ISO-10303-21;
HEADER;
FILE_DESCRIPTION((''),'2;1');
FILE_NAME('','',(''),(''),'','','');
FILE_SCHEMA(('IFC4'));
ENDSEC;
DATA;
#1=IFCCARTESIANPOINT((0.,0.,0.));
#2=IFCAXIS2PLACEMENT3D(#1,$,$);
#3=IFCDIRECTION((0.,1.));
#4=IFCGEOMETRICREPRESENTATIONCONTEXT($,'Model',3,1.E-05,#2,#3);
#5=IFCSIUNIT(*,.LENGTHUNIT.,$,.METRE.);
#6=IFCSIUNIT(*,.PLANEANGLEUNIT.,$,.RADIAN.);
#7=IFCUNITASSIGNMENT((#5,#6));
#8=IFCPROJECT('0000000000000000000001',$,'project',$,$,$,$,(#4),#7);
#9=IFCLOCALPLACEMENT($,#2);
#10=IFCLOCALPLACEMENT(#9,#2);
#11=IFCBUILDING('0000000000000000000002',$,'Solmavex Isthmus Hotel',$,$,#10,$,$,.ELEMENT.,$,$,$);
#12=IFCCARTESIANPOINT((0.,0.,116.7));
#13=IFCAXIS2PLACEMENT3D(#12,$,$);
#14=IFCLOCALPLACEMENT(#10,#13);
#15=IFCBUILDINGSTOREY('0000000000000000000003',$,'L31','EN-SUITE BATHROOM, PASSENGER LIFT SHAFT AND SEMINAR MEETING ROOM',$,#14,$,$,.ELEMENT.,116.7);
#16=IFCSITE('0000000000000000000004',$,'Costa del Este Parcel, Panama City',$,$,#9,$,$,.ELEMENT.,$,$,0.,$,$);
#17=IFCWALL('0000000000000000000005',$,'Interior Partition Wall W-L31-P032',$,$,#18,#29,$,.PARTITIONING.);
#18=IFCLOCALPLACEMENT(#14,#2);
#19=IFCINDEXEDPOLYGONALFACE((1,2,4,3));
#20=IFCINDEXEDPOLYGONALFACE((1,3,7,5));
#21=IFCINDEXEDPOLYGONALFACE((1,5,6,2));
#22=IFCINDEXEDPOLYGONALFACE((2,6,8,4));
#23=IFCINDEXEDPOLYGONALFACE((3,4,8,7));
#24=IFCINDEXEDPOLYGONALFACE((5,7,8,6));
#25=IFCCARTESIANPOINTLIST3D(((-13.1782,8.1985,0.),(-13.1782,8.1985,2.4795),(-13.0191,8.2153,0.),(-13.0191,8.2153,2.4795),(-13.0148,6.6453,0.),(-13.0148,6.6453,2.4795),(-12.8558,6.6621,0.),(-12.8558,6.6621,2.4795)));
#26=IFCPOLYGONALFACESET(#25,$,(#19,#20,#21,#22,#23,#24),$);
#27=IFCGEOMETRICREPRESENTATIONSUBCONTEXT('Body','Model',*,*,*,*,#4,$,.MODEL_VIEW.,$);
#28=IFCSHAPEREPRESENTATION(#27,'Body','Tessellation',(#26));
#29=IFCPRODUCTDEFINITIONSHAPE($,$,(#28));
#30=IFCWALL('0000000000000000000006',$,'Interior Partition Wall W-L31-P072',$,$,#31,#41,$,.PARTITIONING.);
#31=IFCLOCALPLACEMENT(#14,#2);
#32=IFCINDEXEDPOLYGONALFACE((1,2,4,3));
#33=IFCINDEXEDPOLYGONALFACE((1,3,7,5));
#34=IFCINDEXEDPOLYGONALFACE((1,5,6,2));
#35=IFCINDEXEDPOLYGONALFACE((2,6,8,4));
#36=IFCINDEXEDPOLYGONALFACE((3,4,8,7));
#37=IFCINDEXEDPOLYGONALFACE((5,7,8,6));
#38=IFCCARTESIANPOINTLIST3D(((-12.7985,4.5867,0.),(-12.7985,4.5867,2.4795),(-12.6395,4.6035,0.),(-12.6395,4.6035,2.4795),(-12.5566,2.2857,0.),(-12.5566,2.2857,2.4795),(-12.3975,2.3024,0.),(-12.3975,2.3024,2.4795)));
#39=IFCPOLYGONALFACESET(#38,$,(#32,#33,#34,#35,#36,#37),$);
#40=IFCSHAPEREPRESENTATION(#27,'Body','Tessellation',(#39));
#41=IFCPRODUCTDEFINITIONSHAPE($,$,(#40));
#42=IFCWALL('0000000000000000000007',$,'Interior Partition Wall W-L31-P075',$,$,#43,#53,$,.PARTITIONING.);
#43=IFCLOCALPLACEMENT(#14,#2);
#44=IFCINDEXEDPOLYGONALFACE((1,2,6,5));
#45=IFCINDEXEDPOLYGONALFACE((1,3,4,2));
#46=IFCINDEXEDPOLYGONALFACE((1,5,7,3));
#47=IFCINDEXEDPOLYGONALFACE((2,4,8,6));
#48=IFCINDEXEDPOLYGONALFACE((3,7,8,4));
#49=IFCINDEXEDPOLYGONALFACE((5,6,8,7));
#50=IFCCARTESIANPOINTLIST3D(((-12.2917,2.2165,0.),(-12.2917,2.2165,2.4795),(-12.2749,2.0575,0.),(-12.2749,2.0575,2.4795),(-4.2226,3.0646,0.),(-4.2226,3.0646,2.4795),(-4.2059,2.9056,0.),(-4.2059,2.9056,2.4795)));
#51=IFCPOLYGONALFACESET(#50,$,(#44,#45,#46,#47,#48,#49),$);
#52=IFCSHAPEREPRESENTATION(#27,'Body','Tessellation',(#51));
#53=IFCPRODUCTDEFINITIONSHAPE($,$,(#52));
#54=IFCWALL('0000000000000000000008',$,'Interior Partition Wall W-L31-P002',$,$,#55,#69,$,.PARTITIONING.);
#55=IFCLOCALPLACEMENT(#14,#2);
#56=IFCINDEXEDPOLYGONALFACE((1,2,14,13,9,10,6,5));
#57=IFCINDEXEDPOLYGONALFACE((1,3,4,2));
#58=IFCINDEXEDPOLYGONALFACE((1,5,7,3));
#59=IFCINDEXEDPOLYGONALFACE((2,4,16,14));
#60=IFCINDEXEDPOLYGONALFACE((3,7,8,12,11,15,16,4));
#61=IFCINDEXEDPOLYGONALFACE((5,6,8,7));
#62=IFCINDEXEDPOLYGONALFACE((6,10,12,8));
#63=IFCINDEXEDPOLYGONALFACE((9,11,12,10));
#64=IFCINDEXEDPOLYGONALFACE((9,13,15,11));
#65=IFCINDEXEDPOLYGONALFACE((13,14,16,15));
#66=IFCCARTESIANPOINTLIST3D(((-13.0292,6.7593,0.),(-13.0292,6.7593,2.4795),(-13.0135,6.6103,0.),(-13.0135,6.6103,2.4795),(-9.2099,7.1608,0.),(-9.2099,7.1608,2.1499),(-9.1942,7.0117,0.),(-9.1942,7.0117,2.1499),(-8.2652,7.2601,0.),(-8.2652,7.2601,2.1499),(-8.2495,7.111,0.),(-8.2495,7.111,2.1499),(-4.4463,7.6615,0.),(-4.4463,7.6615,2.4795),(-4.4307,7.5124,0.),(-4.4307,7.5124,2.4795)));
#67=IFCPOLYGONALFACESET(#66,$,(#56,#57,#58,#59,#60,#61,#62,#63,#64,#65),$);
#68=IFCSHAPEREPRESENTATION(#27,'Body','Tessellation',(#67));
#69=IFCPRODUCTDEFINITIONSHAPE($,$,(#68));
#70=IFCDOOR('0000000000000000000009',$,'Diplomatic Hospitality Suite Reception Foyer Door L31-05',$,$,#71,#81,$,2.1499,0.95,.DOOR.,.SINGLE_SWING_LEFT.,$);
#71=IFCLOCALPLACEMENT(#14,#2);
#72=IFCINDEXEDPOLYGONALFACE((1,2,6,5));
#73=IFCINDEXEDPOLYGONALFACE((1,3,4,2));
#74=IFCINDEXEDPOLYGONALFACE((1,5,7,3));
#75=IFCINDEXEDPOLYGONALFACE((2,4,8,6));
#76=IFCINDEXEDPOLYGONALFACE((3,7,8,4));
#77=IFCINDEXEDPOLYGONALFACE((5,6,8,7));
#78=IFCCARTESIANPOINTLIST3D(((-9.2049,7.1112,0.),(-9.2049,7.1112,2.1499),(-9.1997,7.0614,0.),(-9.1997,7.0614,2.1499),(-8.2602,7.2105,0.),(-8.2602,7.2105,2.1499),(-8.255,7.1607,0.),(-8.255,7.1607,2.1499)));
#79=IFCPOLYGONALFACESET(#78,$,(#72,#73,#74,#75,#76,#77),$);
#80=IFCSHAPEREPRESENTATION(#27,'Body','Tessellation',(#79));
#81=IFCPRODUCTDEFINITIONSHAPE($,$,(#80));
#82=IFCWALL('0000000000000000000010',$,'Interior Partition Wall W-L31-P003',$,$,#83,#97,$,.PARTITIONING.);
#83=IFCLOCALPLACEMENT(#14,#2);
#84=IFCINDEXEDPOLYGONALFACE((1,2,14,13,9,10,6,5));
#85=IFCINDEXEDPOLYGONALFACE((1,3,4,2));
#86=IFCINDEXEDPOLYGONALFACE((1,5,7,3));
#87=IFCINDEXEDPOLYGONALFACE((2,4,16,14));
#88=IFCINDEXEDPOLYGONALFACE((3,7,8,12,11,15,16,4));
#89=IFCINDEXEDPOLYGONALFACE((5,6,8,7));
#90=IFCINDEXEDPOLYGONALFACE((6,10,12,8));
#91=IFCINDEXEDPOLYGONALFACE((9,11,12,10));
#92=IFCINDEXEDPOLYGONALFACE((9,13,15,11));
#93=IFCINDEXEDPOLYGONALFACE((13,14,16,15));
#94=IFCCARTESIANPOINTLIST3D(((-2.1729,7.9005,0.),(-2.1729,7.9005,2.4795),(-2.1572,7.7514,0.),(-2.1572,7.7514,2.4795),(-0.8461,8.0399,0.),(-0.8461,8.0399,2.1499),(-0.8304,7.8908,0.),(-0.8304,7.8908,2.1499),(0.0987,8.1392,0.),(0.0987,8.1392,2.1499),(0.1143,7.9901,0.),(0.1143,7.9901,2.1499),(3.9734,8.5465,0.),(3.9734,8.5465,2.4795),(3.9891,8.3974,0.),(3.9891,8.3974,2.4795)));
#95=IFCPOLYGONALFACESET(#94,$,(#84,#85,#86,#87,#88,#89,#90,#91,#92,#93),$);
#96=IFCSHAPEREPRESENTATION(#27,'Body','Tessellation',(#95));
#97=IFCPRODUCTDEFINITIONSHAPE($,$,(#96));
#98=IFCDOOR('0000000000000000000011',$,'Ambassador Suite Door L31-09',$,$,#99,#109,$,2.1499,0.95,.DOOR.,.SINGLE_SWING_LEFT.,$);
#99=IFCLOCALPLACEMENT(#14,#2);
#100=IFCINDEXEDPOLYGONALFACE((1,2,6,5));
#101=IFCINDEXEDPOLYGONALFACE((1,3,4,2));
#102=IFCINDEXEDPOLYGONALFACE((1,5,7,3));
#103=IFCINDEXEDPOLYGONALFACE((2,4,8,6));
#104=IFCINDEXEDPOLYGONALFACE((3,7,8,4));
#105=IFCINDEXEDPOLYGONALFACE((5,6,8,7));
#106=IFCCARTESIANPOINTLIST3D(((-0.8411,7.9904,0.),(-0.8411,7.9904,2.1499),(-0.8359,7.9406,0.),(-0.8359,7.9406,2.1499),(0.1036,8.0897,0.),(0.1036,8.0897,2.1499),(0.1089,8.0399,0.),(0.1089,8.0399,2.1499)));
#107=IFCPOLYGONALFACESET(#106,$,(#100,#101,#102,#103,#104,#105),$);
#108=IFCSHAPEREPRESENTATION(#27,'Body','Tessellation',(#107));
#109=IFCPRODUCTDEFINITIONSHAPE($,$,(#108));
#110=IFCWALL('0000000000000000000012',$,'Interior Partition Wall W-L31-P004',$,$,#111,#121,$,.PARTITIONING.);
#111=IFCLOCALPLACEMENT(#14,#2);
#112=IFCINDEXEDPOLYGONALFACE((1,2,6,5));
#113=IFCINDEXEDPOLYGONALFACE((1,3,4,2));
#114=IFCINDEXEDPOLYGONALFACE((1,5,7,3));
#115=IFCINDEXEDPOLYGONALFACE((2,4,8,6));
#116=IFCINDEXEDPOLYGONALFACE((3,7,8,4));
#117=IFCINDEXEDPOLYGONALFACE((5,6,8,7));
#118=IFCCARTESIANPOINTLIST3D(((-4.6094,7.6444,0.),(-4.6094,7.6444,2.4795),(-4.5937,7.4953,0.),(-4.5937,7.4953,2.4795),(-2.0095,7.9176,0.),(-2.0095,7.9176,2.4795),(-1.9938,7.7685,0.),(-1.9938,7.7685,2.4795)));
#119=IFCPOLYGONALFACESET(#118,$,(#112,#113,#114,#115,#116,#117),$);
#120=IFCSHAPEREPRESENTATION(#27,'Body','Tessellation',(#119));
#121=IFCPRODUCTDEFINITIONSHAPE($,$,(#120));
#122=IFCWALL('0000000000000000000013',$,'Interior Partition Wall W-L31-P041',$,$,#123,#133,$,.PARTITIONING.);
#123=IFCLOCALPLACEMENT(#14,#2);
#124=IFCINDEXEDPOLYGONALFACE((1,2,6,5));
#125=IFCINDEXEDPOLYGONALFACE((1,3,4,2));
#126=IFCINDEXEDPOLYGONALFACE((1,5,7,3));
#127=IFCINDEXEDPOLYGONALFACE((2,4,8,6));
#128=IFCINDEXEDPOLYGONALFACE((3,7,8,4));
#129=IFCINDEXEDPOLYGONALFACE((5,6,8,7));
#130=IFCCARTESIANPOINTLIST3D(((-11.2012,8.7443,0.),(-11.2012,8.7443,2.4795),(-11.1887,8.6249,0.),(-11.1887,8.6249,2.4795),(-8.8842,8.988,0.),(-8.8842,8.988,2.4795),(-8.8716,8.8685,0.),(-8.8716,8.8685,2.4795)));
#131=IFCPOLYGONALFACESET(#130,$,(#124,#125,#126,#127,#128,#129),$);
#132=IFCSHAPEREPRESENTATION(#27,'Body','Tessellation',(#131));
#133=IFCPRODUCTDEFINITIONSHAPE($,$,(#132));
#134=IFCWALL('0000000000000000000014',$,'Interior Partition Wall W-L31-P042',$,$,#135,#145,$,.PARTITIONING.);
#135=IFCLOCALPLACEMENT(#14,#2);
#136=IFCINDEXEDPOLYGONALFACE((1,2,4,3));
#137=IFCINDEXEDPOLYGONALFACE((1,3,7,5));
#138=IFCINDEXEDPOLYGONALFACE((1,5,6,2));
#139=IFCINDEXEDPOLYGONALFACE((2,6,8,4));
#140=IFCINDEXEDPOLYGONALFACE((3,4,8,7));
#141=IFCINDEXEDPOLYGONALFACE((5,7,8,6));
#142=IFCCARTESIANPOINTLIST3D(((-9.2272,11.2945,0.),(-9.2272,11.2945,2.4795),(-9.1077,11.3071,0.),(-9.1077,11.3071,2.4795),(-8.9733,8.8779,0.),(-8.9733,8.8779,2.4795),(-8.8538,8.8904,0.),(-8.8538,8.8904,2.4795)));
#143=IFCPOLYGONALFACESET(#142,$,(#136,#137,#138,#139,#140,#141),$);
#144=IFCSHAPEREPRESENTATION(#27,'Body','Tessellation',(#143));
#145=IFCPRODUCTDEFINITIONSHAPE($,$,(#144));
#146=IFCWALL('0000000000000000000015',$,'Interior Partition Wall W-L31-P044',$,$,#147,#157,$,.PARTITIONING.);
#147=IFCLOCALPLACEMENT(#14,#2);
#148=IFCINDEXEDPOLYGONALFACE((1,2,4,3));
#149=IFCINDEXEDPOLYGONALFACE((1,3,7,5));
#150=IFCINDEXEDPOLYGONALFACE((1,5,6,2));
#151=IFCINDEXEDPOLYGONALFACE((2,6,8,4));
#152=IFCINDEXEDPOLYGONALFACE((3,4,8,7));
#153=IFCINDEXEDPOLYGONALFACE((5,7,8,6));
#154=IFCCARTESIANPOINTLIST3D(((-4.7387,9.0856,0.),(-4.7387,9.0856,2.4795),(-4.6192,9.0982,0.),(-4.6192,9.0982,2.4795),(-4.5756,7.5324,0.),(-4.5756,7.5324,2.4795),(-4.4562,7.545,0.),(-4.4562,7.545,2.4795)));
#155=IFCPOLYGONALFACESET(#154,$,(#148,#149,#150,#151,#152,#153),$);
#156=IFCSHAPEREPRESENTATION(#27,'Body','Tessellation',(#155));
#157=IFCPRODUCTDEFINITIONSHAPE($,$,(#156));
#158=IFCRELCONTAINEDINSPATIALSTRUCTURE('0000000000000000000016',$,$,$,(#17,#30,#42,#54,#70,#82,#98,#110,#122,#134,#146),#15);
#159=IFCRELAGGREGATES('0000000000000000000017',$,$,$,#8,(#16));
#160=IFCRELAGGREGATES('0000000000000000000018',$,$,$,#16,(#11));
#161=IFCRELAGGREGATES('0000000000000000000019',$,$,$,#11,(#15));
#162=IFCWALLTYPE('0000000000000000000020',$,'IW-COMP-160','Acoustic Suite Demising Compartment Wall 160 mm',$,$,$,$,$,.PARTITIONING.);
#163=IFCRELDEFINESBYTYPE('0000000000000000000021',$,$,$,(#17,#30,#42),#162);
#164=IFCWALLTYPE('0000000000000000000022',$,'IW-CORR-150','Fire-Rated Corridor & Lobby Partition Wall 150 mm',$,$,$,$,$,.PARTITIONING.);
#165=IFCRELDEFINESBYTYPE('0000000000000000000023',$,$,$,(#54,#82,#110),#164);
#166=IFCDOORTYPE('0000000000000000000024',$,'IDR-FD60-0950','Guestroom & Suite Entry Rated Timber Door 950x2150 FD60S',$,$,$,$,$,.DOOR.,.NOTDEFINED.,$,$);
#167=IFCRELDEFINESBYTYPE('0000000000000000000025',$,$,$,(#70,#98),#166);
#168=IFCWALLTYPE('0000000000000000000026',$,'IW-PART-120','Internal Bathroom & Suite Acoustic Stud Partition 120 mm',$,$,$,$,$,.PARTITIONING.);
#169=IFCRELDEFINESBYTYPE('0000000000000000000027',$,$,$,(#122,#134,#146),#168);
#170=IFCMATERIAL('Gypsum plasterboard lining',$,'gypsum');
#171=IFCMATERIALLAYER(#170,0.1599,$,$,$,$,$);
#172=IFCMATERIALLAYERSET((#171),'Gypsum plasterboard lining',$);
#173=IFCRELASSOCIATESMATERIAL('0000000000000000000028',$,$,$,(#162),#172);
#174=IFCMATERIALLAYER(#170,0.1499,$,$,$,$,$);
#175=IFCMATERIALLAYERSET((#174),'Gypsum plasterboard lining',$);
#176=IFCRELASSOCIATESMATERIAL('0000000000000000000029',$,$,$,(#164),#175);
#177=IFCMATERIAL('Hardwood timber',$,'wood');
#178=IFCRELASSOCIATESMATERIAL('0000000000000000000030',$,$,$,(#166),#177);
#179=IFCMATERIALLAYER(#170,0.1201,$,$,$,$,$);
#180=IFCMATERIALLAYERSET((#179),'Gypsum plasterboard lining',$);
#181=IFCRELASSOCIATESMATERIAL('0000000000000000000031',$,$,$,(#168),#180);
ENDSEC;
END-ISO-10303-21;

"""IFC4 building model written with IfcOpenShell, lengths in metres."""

from ifc_helpers import new_model, si_unit, direction, frame, frame_2d, origin, place, context, subcontext, project, spatial, rectangle, extrude, material, layer, layer_set, type_object, element, fill, save


model = new_model("IFC4")

# Units and contexts
model_context = context("Model", 3, precision=1e-05, world=origin(), true_north=direction((0.0, 1.0)))
body_context = subcontext(model_context, "Body", "Model", "MODEL_VIEW")
ifc_project = project(units=[si_unit("LENGTHUNIT", "METRE"), si_unit("PLANEANGLEUNIT", "RADIAN")], contexts=[model_context])

# Site, building, storey
site_placement = place(None, origin())
site = spatial("IfcSite", under=ifc_project, at=site_placement, Name="Costa del Este Parcel, Panama City", CompositionType="ELEMENT", RefElevation=0.0)
building_placement = place(site_placement, origin())
building = spatial("IfcBuilding", under=site, at=building_placement, Name="Solmavex Isthmus Hotel", CompositionType="ELEMENT")
storey_placement = place(building_placement, frame((0.0, 0.0, 116.7)))
storey = spatial("IfcBuildingStorey", under=building, at=storey_placement, Name="L31", Description="EN-SUITE BATHROOM, PASSENGER LIFT SHAFT AND SEMINAR MEETING ROOM", CompositionType="ELEMENT", Elevation=116.7)

# Walls
ifc_material_1 = material(Name="Gypsum plasterboard lining", Category="gypsum")
ifc_layer_1 = layer(ifc_material_1, 0.1599)
ifc_layer_set_1 = layer_set([ifc_layer_1], Name="Gypsum plasterboard lining")
wall_type_1 = type_object("IfcWallType", Name="IW-COMP-160", Description="Acoustic Suite Demising Compartment Wall 160 mm", PredefinedType="PARTITIONING", material=ifc_layer_set_1)
wall_1_placement = place(storey_placement, frame((-13.0986, 8.2068, 0.0), z_axis=(0.0, 0.0, 1.0), x_axis=(0.104579, -0.994517, 0.0)))
element("IfcWall", 1, at=wall_1_placement, inside=storey, type_object=wall_type_1, Name="Interior Partition Wall W-L31-P032", PredefinedType="PARTITIONING", context=body_context, shape_type="SweptSolid", body=[
    extrude(rectangle(XDim=1.5618, YDim=0.1599, at=frame_2d((0.7808, 0.0))), origin(), (0.0, 0.0, 1.0), 2.4795),
])
wall_2_placement = place(storey_placement, frame((-12.719, 4.595, 0.0), z_axis=(0.0, 0.0, 1.0), x_axis=(0.104569, -0.994518, 0.0)))
element("IfcWall", 2, at=wall_2_placement, inside=storey, type_object=wall_type_1, Name="Interior Partition Wall W-L31-P072", PredefinedType="PARTITIONING", context=body_context, shape_type="SweptSolid", body=[
    extrude(rectangle(XDim=2.3137, YDim=0.1599, at=frame_2d((1.1567, 0.0))), origin(), (0.0, 0.0, 1.0), 2.4795),
])
wall_3_placement = place(storey_placement, frame((-4.2144, 2.9851, 0.0), z_axis=(0.0, 0.0, 1.0), x_axis=(-0.994521, -0.104534, 0.0)))
element("IfcWall", 3, at=wall_3_placement, inside=storey, type_object=wall_type_1, Name="Interior Partition Wall W-L31-P075", PredefinedType="PARTITIONING", context=body_context, shape_type="SweptSolid", body=[
    extrude(rectangle(XDim=8.1135, YDim=0.1599, at=frame_2d((4.0566, 0.0))), origin(), (0.0, 0.0, 1.0), 2.4795),
])

# Walls, openings, doors
ifc_layer_2 = layer(ifc_material_1, 0.1499)
ifc_layer_set_2 = layer_set([ifc_layer_2], Name="Gypsum plasterboard lining")
wall_type_2 = type_object("IfcWallType", Name="IW-CORR-150", Description="Fire-Rated Corridor & Lobby Partition Wall 150 mm", PredefinedType="PARTITIONING", material=ifc_layer_set_2)
wall_4_placement = place(storey_placement, frame((-13.0212, 6.6848, 0.0), z_axis=(0.0, 0.0, 1.0), x_axis=(0.994522, 0.10453, 0.0)))
wall_4 = element("IfcWall", 4, at=wall_4_placement, inside=storey, type_object=wall_type_2, Name="Interior Partition Wall W-L31-P002", PredefinedType="PARTITIONING", context=body_context, shape_type="SweptSolid", body=[
    extrude(rectangle(XDim=8.6301, YDim=0.1499, at=frame_2d((4.3149, 0.0))), origin(), (0.0, 0.0, 1.0), 2.4795),
])
opening_1_placement = place(wall_4_placement, frame((3.8401, 0.0, 0.0)))
opening_1 = element("IfcOpeningElement", 5, at=opening_1_placement, cuts=wall_4, PredefinedType="OPENING", context=body_context, shape_type="SweptSolid", body=[
    extrude(rectangle(XDim=0.95, YDim=2.1499, at=frame_2d((0.4751, 1.075))), frame((0.0, 0.085, 0.0), z_axis=(0.0, -1.0, 0.0), x_axis=(1.0, 0.0, 0.0)), (0.0, 0.0, 1.0), 0.1699),
])
ifc_material_2 = material(Name="Hardwood timber", Category="wood")
door_type_1 = type_object("IfcDoorType", Name="IDR-FD60-0950", Description="Guestroom & Suite Entry Rated Timber Door 950x2150 FD60S", OperationType="NOTDEFINED", PredefinedType="DOOR", material=ifc_material_2)
door_1_placement = place(opening_1_placement, frame((0.95, 0.0, 0.0), z_axis=(0.0, 0.0, 1.0), x_axis=(-1.0, 0.0, 0.0)))
door_1 = element("IfcDoor", 6, at=door_1_placement, inside=storey, type_object=door_type_1, Name="Diplomatic Hospitality Suite Reception Foyer Door L31-05", OperationType="SINGLE_SWING_LEFT", OverallHeight=2.1499, OverallWidth=0.95, PredefinedType="DOOR", context=body_context, shape_type="SweptSolid", body=[
    extrude(rectangle(XDim=0.95, YDim=2.1499, at=frame_2d((0.4751, 1.075))), frame((0.0, 0.0249, 0.0), z_axis=(0.0, -1.0, 0.0), x_axis=(1.0, 0.0, 0.0)), (0.0, 0.0, 1.0), 0.05),
])
fill(opening_1, door_1)
wall_5_placement = place(storey_placement, frame((-2.165, 7.8259, 0.0), z_axis=(0.0, 0.0, 1.0), x_axis=(0.994522, 0.104528, 0.0)))
wall_5 = element("IfcWall", 7, at=wall_5_placement, inside=storey, type_object=wall_type_2, Name="Interior Partition Wall W-L31-P003", PredefinedType="PARTITIONING", context=body_context, shape_type="SweptSolid", body=[
    extrude(rectangle(XDim=6.1802, YDim=0.1499, at=frame_2d((3.0901, 0.0))), origin(), (0.0, 0.0, 1.0), 2.4795),
])
opening_2_placement = place(wall_5_placement, frame((1.334, 0.0, 0.0)))
opening_2 = element("IfcOpeningElement", 8, at=opening_2_placement, cuts=wall_5, PredefinedType="OPENING", context=body_context, shape_type="SweptSolid", body=[
    extrude(rectangle(XDim=0.95, YDim=2.1499, at=frame_2d((0.4751, 1.075))), frame((0.0, 0.085, 0.0), z_axis=(0.0, -1.0, 0.0), x_axis=(1.0, 0.0, 0.0)), (0.0, 0.0, 1.0), 0.1699),
])
door_2_placement = place(opening_2_placement, frame((0.95, 0.0, 0.0), z_axis=(0.0, 0.0, 1.0), x_axis=(-1.0, 0.0, 0.0)))
door_2 = element("IfcDoor", 9, at=door_2_placement, inside=storey, type_object=door_type_1, Name="Ambassador Suite Door L31-09", OperationType="SINGLE_SWING_LEFT", OverallHeight=2.1499, OverallWidth=0.95, PredefinedType="DOOR", context=body_context, shape_type="SweptSolid", body=[
    extrude(rectangle(XDim=0.95, YDim=2.1499, at=frame_2d((0.4751, 1.075))), frame((0.0, 0.0249, 0.0), z_axis=(0.0, -1.0, 0.0), x_axis=(1.0, 0.0, 0.0)), (0.0, 0.0, 1.0), 0.05),
])
fill(opening_2, door_2)

# Wall
wall_6_placement = place(storey_placement, frame((-4.6016, 7.5698, 0.0), z_axis=(0.0, 0.0, 1.0), x_axis=(0.994524, 0.104505, 0.0)))
element("IfcWall", 10, at=wall_6_placement, inside=storey, type_object=wall_type_2, Name="Interior Partition Wall W-L31-P004", PredefinedType="PARTITIONING", context=body_context, shape_type="SweptSolid", body=[
    extrude(rectangle(XDim=2.6143, YDim=0.1499, at=frame_2d((1.3071, 0.0))), origin(), (0.0, 0.0, 1.0), 2.4795),
])

# Walls
ifc_layer_3 = layer(ifc_material_1, 0.1201)
ifc_layer_set_3 = layer_set([ifc_layer_3], Name="Gypsum plasterboard lining")
wall_type_3 = type_object("IfcWallType", Name="IW-PART-120", Description="Internal Bathroom & Suite Acoustic Stud Partition 120 mm", PredefinedType="PARTITIONING", material=ifc_layer_set_3)
wall_7_placement = place(storey_placement, frame((-11.1951, 8.6846, 0.0), z_axis=(0.0, 0.0, 1.0), x_axis=(0.994517, 0.104576, 0.0)))
element("IfcWall", 11, at=wall_7_placement, inside=storey, type_object=wall_type_3, Name="Interior Partition Wall W-L31-P041", PredefinedType="PARTITIONING", context=body_context, shape_type="SweptSolid", body=[
    extrude(rectangle(XDim=2.3298, YDim=0.1201, at=frame_2d((1.165, 0.0))), origin(), (0.0, 0.0, 1.0), 2.4795),
])
wall_8_placement = place(storey_placement, frame((-8.9136, 8.8843, 0.0), z_axis=(0.0, 0.0, 1.0), x_axis=(-0.104486, 0.994526, 0.0)))
element("IfcWall", 12, at=wall_8_placement, inside=storey, type_object=wall_type_3, Name="Interior Partition Wall W-L31-P042", PredefinedType="PARTITIONING", context=body_context, shape_type="SweptSolid", body=[
    extrude(rectangle(XDim=2.4299, YDim=0.1201, at=frame_2d((1.2148, 0.0))), origin(), (0.0, 0.0, 1.0), 2.4795),
])
wall_9_placement = place(storey_placement, frame((-4.679, 9.0918, 0.0), z_axis=(0.0, 0.0, 1.0), x_axis=(0.104424, -0.994533, 0.0)))
element("IfcWall", 13, at=wall_9_placement, inside=storey, type_object=wall_type_3, Name="Interior Partition Wall W-L31-P044", PredefinedType="PARTITIONING", context=body_context, shape_type="SweptSolid", body=[
    extrude(rectangle(XDim=1.5618, YDim=0.1201, at=frame_2d((0.7808, 0.0))), origin(), (0.0, 0.0, 1.0), 2.4795),
])

save(model, "model.ifc")
